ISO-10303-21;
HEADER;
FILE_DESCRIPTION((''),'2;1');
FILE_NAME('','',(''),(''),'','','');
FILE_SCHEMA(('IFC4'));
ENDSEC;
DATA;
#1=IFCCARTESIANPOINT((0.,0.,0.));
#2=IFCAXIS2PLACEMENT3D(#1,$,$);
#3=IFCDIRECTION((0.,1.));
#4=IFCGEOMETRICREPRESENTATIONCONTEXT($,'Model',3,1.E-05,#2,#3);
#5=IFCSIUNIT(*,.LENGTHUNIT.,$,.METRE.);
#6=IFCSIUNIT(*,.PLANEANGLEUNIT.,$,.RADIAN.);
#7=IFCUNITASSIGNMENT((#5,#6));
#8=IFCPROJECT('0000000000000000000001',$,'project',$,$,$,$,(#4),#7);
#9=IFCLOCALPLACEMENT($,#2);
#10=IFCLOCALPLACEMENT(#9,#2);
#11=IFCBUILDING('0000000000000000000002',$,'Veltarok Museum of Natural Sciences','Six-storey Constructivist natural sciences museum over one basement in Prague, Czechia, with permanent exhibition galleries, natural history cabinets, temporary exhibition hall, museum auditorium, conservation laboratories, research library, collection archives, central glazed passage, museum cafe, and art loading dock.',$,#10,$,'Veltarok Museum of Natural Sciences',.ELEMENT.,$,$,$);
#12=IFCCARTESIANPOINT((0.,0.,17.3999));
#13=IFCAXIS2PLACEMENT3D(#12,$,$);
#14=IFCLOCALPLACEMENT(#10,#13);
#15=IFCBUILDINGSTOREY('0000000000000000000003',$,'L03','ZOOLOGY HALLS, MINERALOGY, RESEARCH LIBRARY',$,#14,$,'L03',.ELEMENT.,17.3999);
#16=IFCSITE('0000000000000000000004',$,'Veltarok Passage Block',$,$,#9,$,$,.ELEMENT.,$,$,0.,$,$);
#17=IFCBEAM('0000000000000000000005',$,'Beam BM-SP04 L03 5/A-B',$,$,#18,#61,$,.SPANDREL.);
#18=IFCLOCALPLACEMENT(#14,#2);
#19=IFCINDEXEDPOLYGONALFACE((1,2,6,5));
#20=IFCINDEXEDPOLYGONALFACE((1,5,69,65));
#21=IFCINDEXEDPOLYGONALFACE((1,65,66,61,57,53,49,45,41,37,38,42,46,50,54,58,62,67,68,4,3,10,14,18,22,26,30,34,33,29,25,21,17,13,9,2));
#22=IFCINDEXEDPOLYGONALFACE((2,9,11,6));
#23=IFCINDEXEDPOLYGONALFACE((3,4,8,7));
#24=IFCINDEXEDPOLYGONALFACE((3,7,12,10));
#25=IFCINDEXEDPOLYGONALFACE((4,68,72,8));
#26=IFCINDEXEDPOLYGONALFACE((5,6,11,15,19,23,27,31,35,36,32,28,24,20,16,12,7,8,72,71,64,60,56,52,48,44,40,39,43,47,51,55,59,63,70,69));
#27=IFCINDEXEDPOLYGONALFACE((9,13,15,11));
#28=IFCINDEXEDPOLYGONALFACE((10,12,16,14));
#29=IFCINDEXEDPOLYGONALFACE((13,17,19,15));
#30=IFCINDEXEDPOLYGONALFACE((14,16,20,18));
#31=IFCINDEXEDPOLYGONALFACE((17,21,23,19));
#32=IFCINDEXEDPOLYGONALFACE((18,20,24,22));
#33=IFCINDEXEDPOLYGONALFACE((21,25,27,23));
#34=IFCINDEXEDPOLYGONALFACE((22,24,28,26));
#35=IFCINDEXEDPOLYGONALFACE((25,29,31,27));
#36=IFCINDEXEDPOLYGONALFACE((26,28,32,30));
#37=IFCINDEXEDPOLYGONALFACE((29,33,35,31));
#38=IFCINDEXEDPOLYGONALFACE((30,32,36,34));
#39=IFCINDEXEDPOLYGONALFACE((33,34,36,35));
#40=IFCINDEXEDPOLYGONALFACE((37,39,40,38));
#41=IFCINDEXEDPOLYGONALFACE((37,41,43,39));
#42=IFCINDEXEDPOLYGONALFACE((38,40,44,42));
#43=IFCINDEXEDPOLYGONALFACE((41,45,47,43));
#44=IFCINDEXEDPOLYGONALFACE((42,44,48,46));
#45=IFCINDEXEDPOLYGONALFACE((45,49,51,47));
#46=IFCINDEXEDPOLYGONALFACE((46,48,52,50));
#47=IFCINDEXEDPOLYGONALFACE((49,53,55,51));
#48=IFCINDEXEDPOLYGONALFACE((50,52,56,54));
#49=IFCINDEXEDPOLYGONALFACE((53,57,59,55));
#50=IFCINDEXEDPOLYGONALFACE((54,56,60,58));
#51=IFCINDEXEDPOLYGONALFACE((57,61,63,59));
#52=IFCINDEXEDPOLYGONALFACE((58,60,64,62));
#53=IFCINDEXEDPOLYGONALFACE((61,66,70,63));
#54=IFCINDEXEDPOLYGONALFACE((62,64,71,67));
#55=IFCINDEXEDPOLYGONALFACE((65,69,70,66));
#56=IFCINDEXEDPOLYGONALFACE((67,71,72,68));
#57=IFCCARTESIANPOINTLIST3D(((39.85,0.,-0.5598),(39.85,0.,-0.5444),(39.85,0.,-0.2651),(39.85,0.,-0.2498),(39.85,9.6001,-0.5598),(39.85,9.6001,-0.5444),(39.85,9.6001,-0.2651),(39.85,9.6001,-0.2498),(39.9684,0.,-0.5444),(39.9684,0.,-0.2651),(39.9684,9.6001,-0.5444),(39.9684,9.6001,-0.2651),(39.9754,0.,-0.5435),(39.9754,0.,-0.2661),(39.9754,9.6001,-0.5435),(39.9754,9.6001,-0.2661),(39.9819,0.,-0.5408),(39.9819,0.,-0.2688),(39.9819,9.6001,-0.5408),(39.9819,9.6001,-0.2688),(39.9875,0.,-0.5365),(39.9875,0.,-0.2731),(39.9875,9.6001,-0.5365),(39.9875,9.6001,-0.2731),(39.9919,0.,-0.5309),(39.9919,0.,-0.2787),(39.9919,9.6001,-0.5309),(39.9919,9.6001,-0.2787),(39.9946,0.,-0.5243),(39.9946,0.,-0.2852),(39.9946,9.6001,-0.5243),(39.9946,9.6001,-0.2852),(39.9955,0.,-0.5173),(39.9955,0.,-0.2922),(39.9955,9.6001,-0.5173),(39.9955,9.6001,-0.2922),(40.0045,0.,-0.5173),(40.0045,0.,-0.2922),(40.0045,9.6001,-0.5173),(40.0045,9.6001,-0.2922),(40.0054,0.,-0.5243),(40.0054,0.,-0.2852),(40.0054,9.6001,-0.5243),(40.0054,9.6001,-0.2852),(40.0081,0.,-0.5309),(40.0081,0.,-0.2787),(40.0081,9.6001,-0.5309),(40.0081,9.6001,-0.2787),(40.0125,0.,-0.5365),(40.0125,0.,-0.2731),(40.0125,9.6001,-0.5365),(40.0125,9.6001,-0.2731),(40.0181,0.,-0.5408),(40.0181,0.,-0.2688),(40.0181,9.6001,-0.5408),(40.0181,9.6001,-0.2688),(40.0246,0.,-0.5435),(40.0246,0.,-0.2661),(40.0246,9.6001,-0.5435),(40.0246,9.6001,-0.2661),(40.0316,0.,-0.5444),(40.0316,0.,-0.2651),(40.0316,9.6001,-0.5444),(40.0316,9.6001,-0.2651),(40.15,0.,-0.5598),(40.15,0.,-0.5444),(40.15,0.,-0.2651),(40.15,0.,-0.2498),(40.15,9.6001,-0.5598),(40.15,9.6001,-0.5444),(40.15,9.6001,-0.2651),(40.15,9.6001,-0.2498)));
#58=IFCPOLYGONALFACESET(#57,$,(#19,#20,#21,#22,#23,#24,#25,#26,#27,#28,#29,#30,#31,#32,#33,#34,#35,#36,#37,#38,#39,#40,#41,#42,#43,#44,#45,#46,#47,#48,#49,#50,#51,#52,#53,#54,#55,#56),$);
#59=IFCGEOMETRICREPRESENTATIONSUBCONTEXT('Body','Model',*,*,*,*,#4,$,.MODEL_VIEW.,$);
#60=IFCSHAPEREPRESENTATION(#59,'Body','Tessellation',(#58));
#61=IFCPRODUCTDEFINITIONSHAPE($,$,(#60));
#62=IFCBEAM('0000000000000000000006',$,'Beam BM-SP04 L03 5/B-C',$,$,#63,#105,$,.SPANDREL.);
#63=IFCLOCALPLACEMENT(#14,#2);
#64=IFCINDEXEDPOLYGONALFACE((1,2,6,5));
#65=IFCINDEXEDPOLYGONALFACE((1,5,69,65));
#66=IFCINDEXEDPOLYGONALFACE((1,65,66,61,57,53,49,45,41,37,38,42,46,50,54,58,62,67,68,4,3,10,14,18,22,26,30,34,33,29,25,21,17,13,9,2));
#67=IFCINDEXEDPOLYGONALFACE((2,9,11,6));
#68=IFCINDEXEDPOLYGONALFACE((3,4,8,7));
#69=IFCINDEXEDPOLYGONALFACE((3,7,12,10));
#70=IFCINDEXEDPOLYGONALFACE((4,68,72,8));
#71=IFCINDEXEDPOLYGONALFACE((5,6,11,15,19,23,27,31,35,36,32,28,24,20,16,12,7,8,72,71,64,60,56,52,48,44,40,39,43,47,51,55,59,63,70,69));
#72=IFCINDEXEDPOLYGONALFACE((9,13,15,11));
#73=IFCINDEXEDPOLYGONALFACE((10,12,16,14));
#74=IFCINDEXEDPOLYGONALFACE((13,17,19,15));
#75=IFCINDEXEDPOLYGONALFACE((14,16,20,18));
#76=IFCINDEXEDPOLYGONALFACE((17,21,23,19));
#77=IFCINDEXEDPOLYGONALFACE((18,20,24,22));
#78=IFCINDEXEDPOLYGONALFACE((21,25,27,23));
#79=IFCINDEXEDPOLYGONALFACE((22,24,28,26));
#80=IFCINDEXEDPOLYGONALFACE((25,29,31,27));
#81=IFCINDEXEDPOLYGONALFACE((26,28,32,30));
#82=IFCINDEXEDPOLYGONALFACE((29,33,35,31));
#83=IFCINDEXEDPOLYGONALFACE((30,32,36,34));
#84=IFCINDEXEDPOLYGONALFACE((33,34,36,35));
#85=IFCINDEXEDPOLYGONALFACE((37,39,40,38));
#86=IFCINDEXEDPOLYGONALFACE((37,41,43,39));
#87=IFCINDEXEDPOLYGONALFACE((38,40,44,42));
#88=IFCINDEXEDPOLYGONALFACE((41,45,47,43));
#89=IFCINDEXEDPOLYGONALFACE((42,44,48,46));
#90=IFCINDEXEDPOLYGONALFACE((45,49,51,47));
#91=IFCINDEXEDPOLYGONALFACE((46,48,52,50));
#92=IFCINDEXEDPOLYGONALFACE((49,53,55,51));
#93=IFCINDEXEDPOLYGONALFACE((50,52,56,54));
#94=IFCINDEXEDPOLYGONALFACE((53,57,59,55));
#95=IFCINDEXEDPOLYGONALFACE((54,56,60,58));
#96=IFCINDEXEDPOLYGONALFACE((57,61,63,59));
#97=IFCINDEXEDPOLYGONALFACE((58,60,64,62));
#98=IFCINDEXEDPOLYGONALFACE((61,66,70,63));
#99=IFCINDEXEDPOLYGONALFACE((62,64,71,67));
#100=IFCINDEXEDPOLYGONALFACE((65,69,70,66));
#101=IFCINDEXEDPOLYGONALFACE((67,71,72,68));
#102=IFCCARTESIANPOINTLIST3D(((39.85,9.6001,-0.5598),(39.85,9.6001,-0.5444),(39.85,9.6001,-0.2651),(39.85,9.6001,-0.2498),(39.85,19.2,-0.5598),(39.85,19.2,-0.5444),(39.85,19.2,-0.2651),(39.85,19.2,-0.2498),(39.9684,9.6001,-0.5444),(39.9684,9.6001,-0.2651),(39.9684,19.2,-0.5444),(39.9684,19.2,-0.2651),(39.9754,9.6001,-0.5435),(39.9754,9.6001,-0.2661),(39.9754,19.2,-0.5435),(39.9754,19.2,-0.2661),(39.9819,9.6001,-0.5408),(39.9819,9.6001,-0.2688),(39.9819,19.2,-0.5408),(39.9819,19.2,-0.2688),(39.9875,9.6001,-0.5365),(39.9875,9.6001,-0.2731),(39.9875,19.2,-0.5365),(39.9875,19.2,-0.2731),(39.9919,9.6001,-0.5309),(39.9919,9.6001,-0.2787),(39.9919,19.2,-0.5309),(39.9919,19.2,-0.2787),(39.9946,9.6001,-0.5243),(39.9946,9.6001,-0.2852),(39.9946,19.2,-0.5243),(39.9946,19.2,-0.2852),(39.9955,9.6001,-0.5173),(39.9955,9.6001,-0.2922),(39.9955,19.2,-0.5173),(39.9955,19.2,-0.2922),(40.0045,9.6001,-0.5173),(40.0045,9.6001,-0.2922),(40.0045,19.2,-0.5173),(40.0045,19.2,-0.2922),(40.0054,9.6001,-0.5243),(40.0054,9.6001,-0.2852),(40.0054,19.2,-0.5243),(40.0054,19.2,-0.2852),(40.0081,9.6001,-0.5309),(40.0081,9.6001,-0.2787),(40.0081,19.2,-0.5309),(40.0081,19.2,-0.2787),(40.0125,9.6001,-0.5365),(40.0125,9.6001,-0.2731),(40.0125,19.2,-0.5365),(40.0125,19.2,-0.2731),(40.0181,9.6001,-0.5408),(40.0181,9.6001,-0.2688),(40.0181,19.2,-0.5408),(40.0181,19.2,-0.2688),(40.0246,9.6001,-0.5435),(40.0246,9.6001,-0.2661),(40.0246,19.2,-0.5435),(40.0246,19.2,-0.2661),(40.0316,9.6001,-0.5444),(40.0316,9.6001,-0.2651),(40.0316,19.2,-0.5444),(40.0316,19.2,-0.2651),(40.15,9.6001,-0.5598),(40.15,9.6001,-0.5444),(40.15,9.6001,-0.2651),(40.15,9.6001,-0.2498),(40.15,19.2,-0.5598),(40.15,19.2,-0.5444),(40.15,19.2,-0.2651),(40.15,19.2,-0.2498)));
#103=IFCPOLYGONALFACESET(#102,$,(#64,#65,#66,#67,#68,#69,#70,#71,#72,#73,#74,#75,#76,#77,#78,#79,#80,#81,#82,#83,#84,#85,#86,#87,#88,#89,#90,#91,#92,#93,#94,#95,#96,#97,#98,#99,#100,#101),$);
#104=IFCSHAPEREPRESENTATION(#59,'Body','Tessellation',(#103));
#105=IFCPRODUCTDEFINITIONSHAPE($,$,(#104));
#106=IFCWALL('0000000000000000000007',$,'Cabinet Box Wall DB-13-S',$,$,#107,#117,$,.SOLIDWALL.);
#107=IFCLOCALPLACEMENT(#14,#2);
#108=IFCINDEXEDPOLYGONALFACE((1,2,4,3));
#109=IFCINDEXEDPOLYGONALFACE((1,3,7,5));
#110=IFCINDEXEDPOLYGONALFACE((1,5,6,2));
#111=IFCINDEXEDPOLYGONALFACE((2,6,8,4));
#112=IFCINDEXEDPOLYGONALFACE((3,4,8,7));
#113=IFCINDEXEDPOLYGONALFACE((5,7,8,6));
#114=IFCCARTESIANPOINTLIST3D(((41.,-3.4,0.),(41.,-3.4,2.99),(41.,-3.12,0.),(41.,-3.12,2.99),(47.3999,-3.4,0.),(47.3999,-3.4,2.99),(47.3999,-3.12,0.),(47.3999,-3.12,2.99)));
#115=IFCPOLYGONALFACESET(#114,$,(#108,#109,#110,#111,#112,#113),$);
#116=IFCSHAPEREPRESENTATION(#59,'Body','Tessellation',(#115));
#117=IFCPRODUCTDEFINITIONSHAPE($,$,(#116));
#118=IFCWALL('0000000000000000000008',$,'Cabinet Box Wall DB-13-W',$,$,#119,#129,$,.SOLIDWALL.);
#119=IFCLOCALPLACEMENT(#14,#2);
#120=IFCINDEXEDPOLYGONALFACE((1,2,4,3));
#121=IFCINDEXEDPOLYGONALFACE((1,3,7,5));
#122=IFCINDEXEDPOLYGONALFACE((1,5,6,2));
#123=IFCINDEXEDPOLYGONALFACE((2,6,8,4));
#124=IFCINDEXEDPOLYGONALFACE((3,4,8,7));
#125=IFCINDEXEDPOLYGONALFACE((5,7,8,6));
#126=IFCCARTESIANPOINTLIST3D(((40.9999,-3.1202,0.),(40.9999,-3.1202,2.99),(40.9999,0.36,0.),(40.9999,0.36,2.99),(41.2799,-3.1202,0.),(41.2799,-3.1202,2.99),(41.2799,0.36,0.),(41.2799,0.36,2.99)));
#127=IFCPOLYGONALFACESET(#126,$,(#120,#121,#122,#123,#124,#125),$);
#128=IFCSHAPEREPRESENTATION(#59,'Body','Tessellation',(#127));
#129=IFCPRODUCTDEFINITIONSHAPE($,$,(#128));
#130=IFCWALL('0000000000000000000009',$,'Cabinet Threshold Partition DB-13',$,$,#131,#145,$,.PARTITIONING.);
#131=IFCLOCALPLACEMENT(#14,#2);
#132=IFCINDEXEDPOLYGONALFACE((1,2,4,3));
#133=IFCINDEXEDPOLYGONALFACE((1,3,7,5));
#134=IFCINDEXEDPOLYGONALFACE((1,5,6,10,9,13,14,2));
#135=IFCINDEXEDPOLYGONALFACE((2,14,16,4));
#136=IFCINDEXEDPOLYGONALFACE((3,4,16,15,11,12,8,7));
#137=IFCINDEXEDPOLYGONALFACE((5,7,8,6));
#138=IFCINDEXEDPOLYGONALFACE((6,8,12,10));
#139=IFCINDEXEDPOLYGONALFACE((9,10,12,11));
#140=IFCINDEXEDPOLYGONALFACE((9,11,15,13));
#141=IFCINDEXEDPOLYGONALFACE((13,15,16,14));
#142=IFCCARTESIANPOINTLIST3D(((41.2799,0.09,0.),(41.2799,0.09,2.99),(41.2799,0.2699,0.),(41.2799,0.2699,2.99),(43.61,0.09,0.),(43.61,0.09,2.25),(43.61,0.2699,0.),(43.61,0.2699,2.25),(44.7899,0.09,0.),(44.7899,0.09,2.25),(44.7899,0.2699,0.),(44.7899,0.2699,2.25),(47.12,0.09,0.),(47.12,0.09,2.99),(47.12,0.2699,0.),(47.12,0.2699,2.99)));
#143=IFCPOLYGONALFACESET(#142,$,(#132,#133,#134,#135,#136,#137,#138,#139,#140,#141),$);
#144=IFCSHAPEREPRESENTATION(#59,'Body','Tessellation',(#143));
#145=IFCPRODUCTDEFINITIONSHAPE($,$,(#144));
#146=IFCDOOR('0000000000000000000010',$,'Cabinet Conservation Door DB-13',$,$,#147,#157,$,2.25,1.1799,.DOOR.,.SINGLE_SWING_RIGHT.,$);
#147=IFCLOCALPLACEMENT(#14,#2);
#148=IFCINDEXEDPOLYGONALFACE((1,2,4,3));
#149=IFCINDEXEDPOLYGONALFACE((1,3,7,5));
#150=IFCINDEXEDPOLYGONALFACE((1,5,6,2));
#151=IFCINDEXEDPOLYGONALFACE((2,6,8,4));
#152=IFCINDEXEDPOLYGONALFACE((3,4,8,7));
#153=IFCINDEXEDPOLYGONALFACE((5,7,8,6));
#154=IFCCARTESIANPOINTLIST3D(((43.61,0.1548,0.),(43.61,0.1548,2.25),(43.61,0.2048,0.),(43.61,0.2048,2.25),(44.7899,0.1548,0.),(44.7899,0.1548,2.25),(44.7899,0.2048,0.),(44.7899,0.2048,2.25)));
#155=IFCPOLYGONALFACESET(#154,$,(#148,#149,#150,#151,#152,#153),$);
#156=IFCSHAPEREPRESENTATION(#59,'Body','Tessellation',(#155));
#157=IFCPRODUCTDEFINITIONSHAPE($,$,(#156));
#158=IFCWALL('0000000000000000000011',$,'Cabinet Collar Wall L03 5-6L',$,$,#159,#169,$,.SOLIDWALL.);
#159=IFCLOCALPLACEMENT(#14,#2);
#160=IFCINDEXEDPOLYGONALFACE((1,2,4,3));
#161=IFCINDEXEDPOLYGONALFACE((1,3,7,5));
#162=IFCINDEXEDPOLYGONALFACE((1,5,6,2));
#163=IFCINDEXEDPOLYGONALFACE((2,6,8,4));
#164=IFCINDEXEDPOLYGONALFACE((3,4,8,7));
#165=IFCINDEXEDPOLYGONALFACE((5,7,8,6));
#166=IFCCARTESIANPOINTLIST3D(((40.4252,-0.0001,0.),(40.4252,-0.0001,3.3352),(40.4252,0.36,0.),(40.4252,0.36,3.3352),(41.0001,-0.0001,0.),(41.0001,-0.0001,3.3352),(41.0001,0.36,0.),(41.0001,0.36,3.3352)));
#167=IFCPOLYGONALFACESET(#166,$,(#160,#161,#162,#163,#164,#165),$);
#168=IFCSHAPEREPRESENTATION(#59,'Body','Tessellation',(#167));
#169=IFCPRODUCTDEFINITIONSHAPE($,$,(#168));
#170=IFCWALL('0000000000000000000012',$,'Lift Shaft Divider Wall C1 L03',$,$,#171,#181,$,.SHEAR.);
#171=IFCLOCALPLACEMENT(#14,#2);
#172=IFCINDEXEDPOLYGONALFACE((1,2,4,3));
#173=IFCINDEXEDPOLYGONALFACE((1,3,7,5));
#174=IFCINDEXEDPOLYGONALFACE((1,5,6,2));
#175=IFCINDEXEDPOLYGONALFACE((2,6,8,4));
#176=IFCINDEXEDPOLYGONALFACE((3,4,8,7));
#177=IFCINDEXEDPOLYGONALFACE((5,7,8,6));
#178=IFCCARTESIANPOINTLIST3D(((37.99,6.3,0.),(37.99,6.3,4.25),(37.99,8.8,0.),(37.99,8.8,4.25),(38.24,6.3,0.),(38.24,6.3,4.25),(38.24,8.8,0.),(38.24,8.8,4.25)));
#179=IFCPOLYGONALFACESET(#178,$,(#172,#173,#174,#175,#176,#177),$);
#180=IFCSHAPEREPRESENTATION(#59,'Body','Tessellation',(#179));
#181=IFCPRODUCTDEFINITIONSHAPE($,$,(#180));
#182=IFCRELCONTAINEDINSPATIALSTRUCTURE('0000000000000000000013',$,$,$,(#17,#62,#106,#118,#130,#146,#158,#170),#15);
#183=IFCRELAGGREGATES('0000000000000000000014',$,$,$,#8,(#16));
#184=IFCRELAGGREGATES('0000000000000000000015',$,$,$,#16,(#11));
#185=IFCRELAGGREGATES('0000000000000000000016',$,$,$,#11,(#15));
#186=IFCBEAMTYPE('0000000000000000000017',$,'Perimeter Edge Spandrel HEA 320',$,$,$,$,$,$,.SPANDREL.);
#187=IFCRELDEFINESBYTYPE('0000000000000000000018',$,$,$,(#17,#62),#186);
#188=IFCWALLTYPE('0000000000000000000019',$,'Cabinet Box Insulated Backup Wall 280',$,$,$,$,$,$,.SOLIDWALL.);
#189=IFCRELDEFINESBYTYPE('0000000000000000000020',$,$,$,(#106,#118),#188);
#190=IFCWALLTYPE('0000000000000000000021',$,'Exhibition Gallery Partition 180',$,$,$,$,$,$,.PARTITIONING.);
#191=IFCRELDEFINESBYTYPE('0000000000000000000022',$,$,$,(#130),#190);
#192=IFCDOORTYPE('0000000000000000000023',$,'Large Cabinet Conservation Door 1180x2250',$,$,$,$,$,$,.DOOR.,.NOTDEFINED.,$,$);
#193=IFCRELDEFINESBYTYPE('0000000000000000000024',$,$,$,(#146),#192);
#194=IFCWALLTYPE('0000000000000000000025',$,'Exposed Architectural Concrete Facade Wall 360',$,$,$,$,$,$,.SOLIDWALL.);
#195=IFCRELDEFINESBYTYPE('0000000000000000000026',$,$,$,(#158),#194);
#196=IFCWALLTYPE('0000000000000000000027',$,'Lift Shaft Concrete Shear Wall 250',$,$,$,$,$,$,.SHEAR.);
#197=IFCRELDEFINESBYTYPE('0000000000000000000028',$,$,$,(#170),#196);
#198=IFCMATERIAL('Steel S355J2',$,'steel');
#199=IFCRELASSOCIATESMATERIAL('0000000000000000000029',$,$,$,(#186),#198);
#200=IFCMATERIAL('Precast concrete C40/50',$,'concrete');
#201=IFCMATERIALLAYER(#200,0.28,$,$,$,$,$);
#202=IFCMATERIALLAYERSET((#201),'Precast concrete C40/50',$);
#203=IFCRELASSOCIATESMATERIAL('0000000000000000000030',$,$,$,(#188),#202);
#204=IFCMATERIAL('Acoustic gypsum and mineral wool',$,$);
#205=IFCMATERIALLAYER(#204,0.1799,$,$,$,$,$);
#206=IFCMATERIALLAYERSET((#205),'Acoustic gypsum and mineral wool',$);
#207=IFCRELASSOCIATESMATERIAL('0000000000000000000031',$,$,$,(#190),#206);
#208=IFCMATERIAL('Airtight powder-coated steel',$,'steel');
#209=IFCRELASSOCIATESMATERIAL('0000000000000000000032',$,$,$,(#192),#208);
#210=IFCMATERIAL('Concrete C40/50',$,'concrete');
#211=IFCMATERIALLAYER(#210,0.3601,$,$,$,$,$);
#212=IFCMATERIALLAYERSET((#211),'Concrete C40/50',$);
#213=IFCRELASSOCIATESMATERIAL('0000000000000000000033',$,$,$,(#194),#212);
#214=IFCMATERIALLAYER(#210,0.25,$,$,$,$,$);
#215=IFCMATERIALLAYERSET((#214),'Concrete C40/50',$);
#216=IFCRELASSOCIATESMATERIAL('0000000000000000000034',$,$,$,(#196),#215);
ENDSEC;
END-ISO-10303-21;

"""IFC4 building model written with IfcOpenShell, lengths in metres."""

from ifc_helpers import new_model, si_unit, direction, frame, frame_2d, origin, origin_2d, place, context, subcontext, project, spatial, rectangle, i_section, extrude, material, layer, layer_set, material_profile, profile_set, type_object, element, fill, save


model = new_model("IFC4")

# Units and contexts
model_context = context("Model", 3, precision=1e-05, world=origin(), true_north=direction((0.0, 1.0)))
body_context = subcontext(model_context, "Body", "Model", "MODEL_VIEW")
ifc_project = project(units=[si_unit("LENGTHUNIT", "METRE"), si_unit("PLANEANGLEUNIT", "RADIAN")], contexts=[model_context])

# Site, building, storey
site_placement = place(None, origin())
site = spatial("IfcSite", under=ifc_project, at=site_placement, Name="Veltarok Passage Block", CompositionType="ELEMENT", RefElevation=0.0)
building_placement = place(site_placement, origin())
building = spatial("IfcBuilding", under=site, at=building_placement, Name="Veltarok Museum of Natural Sciences", Description="Six-storey Constructivist natural sciences museum over one basement in Prague, Czechia, with permanent exhibition galleries, natural history cabinets, temporary exhibition hall, museum auditorium, conservation laboratories, research library, collection archives, central glazed passage, museum cafe, and art loading dock.", LongName="Veltarok Museum of Natural Sciences", CompositionType="ELEMENT")
storey_placement = place(building_placement, frame((0.0, 0.0, 17.3999)))
storey = spatial("IfcBuildingStorey", under=building, at=storey_placement, Name="L03", Description="ZOOLOGY HALLS, MINERALOGY, RESEARCH LIBRARY", LongName="L03", CompositionType="ELEMENT", Elevation=17.3999)

# Shared definitions
ifc_material_1 = material(Name="Concrete C40/50", Category="concrete")
ifc_material_2 = material(Name="Steel S355J2", Category="steel")

# Beams
ifc_material_profile_1 = material_profile(ifc_material_2, i_section(OverallWidth=0.3, OverallDepth=0.3101, WebThickness=0.009, FlangeThickness=0.0154, FilletRadius=0.0271, at=origin_2d()), Name="HEA 320")
ifc_profile_set_1 = profile_set([ifc_material_profile_1], Name="Steel S355J2")
beam_type_1 = type_object("IfcBeamType", Name="Perimeter Edge Spandrel HEA 320", PredefinedType="SPANDREL", material=ifc_profile_set_1)
beam_1_placement = place(storey_placement, frame((40.0, 0.0, -0.4048), z_axis=(0.0, 1.0, 0.0), x_axis=(-1.0, 0.0, 0.0)))
element("IfcBeam", 1, at=beam_1_placement, inside=storey, type_object=beam_type_1, Name="Beam BM-SP04 L03 5/A-B", PredefinedType="SPANDREL", context=body_context, shape_type="SweptSolid", body=[
    extrude(i_section(OverallWidth=0.3, OverallDepth=0.3101, WebThickness=0.009, FlangeThickness=0.0154, FilletRadius=0.0271, at=origin_2d()), origin(), (0.0, 0.0, 1.0), 9.6001),
])
beam_2_placement = place(storey_placement, frame((40.0, 9.6001, -0.4048), z_axis=(0.0, 1.0, 0.0), x_axis=(-1.0, 0.0, 0.0)))
element("IfcBeam", 2, at=beam_2_placement, inside=storey, type_object=beam_type_1, Name="Beam BM-SP04 L03 5/B-C", PredefinedType="SPANDREL", context=body_context, shape_type="SweptSolid", body=[
    extrude(i_section(OverallWidth=0.3, OverallDepth=0.3101, WebThickness=0.009, FlangeThickness=0.0154, FilletRadius=0.0271, at=origin_2d()), origin(), (0.0, 0.0, 1.0), 9.5999),
])

# Walls
ifc_material_3 = material(Name="Precast concrete C40/50", Category="concrete")
ifc_layer_1 = layer(ifc_material_3, 0.28)
ifc_layer_set_1 = layer_set([ifc_layer_1], Name="Precast concrete C40/50")
wall_type_1 = type_object("IfcWallType", Name="Cabinet Box Insulated Backup Wall 280", PredefinedType="SOLIDWALL", material=ifc_layer_set_1)
wall_1_placement = place(storey_placement, frame((41.0, -3.26, 0.0), z_axis=(0.0, 0.0, 1.0), x_axis=(1.0, 0.0, 0.0)))
element("IfcWall", 3, at=wall_1_placement, inside=storey, type_object=wall_type_1, Name="Cabinet Box Wall DB-13-S", PredefinedType="SOLIDWALL", context=body_context, shape_type="SweptSolid", body=[
    extrude(rectangle(XDim=6.3999, YDim=0.28, at=frame_2d((3.2, 0.0))), origin(), (0.0, 0.0, 1.0), 2.99),
])
wall_2_placement = place(storey_placement, frame((41.1399, 0.3601, 0.0), z_axis=(0.0, 0.0, 1.0), x_axis=(0.0, -1.0, 0.0)))
element("IfcWall", 4, at=wall_2_placement, inside=storey, type_object=wall_type_1, Name="Cabinet Box Wall DB-13-W", PredefinedType="SOLIDWALL", context=body_context, shape_type="SweptSolid", body=[
    extrude(rectangle(XDim=3.4802, YDim=0.28, at=frame_2d((1.7402, 0.0))), origin(), (0.0, 0.0, 1.0), 2.99),
])

# Wall, opening, door
ifc_material_4 = material(Name="Acoustic gypsum and mineral wool")
ifc_layer_2 = layer(ifc_material_4, 0.1799)
ifc_layer_set_2 = layer_set([ifc_layer_2], Name="Acoustic gypsum and mineral wool")
wall_type_2 = type_object("IfcWallType", Name="Exhibition Gallery Partition 180", PredefinedType="PARTITIONING", material=ifc_layer_set_2)
wall_3_placement = place(storey_placement, frame((41.28, 0.1799, 0.0), z_axis=(0.0, 0.0, 1.0), x_axis=(1.0, 0.0, 0.0)))
wall_3 = element("IfcWall", 5, at=wall_3_placement, inside=storey, type_object=wall_type_2, Name="Cabinet Threshold Partition DB-13", PredefinedType="PARTITIONING", context=body_context, shape_type="SweptSolid", body=[
    extrude(rectangle(XDim=5.8401, YDim=0.1799, at=frame_2d((2.9199, 0.0))), origin(), (0.0, 0.0, 1.0), 2.99),
])
opening_1_placement = place(wall_3_placement, frame((2.3301, 0.0, 0.0)))
opening_1 = element("IfcOpeningElement", 6, at=opening_1_placement, cuts=wall_3, PredefinedType="OPENING", context=body_context, shape_type="SweptSolid", body=[
    extrude(rectangle(XDim=1.1799, YDim=2.25, at=frame_2d((0.5898, 1.125))), frame((0.0, 0.1001, 0.0), z_axis=(0.0, -1.0, 0.0), x_axis=(1.0, 0.0, 0.0)), (0.0, 0.0, 1.0), 0.2),
])
ifc_material_5 = material(Name="Airtight powder-coated steel", Category="steel")
door_type_1 = type_object("IfcDoorType", Name="Large Cabinet Conservation Door 1180x2250", OperationType="NOTDEFINED", PredefinedType="DOOR", material=ifc_material_5)
door_1_placement = place(opening_1_placement, origin())
door_1 = element("IfcDoor", 7, at=door_1_placement, inside=storey, type_object=door_type_1, Name="Cabinet Conservation Door DB-13", OperationType="SINGLE_SWING_RIGHT", OverallHeight=2.25, OverallWidth=1.1799, PredefinedType="DOOR", context=body_context, shape_type="SweptSolid", body=[
    extrude(rectangle(XDim=1.1799, YDim=2.25, at=frame_2d((0.5898, 1.125))), frame((0.0, 0.0249, 0.0), z_axis=(0.0, -1.0, 0.0), x_axis=(1.0, 0.0, 0.0)), (0.0, 0.0, 1.0), 0.05),
])
fill(opening_1, door_1)

# Walls
ifc_layer_3 = layer(ifc_material_1, 0.3601)
ifc_layer_set_3 = layer_set([ifc_layer_3], Name="Concrete C40/50")
wall_type_3 = type_object("IfcWallType", Name="Exposed Architectural Concrete Facade Wall 360", PredefinedType="SOLIDWALL", material=ifc_layer_set_3)
wall_4_placement = place(storey_placement, frame((40.425, 0.1799, 0.0), z_axis=(0.0, 0.0, 1.0), x_axis=(1.0, 0.0, 0.0)))
element("IfcWall", 8, at=wall_4_placement, inside=storey, type_object=wall_type_3, Name="Cabinet Collar Wall L03 5-6L", PredefinedType="SOLIDWALL", context=body_context, shape_type="SweptSolid", body=[
    extrude(rectangle(XDim=0.575, YDim=0.3601, at=frame_2d((0.2876, 0.0))), origin(), (0.0, 0.0, 1.0), 3.3352),
])
ifc_layer_4 = layer(ifc_material_1, 0.25)
ifc_layer_set_4 = layer_set([ifc_layer_4], Name="Concrete C40/50")
wall_type_4 = type_object("IfcWallType", Name="Lift Shaft Concrete Shear Wall 250", PredefinedType="SHEAR", material=ifc_layer_set_4)
wall_5_placement = place(storey_placement, frame((38.115, 6.3, 0.0), z_axis=(0.0, 0.0, 1.0), x_axis=(0.0, 1.0, 0.0)))
element("IfcWall", 9, at=wall_5_placement, inside=storey, type_object=wall_type_4, Name="Lift Shaft Divider Wall C1 L03", PredefinedType="SHEAR", context=body_context, shape_type="SweptSolid", body=[
    extrude(rectangle(XDim=2.5, YDim=0.25, at=frame_2d((1.25, 0.0))), origin(), (0.0, 0.0, 1.0), 4.25),
])

save(model, "model.ifc")
